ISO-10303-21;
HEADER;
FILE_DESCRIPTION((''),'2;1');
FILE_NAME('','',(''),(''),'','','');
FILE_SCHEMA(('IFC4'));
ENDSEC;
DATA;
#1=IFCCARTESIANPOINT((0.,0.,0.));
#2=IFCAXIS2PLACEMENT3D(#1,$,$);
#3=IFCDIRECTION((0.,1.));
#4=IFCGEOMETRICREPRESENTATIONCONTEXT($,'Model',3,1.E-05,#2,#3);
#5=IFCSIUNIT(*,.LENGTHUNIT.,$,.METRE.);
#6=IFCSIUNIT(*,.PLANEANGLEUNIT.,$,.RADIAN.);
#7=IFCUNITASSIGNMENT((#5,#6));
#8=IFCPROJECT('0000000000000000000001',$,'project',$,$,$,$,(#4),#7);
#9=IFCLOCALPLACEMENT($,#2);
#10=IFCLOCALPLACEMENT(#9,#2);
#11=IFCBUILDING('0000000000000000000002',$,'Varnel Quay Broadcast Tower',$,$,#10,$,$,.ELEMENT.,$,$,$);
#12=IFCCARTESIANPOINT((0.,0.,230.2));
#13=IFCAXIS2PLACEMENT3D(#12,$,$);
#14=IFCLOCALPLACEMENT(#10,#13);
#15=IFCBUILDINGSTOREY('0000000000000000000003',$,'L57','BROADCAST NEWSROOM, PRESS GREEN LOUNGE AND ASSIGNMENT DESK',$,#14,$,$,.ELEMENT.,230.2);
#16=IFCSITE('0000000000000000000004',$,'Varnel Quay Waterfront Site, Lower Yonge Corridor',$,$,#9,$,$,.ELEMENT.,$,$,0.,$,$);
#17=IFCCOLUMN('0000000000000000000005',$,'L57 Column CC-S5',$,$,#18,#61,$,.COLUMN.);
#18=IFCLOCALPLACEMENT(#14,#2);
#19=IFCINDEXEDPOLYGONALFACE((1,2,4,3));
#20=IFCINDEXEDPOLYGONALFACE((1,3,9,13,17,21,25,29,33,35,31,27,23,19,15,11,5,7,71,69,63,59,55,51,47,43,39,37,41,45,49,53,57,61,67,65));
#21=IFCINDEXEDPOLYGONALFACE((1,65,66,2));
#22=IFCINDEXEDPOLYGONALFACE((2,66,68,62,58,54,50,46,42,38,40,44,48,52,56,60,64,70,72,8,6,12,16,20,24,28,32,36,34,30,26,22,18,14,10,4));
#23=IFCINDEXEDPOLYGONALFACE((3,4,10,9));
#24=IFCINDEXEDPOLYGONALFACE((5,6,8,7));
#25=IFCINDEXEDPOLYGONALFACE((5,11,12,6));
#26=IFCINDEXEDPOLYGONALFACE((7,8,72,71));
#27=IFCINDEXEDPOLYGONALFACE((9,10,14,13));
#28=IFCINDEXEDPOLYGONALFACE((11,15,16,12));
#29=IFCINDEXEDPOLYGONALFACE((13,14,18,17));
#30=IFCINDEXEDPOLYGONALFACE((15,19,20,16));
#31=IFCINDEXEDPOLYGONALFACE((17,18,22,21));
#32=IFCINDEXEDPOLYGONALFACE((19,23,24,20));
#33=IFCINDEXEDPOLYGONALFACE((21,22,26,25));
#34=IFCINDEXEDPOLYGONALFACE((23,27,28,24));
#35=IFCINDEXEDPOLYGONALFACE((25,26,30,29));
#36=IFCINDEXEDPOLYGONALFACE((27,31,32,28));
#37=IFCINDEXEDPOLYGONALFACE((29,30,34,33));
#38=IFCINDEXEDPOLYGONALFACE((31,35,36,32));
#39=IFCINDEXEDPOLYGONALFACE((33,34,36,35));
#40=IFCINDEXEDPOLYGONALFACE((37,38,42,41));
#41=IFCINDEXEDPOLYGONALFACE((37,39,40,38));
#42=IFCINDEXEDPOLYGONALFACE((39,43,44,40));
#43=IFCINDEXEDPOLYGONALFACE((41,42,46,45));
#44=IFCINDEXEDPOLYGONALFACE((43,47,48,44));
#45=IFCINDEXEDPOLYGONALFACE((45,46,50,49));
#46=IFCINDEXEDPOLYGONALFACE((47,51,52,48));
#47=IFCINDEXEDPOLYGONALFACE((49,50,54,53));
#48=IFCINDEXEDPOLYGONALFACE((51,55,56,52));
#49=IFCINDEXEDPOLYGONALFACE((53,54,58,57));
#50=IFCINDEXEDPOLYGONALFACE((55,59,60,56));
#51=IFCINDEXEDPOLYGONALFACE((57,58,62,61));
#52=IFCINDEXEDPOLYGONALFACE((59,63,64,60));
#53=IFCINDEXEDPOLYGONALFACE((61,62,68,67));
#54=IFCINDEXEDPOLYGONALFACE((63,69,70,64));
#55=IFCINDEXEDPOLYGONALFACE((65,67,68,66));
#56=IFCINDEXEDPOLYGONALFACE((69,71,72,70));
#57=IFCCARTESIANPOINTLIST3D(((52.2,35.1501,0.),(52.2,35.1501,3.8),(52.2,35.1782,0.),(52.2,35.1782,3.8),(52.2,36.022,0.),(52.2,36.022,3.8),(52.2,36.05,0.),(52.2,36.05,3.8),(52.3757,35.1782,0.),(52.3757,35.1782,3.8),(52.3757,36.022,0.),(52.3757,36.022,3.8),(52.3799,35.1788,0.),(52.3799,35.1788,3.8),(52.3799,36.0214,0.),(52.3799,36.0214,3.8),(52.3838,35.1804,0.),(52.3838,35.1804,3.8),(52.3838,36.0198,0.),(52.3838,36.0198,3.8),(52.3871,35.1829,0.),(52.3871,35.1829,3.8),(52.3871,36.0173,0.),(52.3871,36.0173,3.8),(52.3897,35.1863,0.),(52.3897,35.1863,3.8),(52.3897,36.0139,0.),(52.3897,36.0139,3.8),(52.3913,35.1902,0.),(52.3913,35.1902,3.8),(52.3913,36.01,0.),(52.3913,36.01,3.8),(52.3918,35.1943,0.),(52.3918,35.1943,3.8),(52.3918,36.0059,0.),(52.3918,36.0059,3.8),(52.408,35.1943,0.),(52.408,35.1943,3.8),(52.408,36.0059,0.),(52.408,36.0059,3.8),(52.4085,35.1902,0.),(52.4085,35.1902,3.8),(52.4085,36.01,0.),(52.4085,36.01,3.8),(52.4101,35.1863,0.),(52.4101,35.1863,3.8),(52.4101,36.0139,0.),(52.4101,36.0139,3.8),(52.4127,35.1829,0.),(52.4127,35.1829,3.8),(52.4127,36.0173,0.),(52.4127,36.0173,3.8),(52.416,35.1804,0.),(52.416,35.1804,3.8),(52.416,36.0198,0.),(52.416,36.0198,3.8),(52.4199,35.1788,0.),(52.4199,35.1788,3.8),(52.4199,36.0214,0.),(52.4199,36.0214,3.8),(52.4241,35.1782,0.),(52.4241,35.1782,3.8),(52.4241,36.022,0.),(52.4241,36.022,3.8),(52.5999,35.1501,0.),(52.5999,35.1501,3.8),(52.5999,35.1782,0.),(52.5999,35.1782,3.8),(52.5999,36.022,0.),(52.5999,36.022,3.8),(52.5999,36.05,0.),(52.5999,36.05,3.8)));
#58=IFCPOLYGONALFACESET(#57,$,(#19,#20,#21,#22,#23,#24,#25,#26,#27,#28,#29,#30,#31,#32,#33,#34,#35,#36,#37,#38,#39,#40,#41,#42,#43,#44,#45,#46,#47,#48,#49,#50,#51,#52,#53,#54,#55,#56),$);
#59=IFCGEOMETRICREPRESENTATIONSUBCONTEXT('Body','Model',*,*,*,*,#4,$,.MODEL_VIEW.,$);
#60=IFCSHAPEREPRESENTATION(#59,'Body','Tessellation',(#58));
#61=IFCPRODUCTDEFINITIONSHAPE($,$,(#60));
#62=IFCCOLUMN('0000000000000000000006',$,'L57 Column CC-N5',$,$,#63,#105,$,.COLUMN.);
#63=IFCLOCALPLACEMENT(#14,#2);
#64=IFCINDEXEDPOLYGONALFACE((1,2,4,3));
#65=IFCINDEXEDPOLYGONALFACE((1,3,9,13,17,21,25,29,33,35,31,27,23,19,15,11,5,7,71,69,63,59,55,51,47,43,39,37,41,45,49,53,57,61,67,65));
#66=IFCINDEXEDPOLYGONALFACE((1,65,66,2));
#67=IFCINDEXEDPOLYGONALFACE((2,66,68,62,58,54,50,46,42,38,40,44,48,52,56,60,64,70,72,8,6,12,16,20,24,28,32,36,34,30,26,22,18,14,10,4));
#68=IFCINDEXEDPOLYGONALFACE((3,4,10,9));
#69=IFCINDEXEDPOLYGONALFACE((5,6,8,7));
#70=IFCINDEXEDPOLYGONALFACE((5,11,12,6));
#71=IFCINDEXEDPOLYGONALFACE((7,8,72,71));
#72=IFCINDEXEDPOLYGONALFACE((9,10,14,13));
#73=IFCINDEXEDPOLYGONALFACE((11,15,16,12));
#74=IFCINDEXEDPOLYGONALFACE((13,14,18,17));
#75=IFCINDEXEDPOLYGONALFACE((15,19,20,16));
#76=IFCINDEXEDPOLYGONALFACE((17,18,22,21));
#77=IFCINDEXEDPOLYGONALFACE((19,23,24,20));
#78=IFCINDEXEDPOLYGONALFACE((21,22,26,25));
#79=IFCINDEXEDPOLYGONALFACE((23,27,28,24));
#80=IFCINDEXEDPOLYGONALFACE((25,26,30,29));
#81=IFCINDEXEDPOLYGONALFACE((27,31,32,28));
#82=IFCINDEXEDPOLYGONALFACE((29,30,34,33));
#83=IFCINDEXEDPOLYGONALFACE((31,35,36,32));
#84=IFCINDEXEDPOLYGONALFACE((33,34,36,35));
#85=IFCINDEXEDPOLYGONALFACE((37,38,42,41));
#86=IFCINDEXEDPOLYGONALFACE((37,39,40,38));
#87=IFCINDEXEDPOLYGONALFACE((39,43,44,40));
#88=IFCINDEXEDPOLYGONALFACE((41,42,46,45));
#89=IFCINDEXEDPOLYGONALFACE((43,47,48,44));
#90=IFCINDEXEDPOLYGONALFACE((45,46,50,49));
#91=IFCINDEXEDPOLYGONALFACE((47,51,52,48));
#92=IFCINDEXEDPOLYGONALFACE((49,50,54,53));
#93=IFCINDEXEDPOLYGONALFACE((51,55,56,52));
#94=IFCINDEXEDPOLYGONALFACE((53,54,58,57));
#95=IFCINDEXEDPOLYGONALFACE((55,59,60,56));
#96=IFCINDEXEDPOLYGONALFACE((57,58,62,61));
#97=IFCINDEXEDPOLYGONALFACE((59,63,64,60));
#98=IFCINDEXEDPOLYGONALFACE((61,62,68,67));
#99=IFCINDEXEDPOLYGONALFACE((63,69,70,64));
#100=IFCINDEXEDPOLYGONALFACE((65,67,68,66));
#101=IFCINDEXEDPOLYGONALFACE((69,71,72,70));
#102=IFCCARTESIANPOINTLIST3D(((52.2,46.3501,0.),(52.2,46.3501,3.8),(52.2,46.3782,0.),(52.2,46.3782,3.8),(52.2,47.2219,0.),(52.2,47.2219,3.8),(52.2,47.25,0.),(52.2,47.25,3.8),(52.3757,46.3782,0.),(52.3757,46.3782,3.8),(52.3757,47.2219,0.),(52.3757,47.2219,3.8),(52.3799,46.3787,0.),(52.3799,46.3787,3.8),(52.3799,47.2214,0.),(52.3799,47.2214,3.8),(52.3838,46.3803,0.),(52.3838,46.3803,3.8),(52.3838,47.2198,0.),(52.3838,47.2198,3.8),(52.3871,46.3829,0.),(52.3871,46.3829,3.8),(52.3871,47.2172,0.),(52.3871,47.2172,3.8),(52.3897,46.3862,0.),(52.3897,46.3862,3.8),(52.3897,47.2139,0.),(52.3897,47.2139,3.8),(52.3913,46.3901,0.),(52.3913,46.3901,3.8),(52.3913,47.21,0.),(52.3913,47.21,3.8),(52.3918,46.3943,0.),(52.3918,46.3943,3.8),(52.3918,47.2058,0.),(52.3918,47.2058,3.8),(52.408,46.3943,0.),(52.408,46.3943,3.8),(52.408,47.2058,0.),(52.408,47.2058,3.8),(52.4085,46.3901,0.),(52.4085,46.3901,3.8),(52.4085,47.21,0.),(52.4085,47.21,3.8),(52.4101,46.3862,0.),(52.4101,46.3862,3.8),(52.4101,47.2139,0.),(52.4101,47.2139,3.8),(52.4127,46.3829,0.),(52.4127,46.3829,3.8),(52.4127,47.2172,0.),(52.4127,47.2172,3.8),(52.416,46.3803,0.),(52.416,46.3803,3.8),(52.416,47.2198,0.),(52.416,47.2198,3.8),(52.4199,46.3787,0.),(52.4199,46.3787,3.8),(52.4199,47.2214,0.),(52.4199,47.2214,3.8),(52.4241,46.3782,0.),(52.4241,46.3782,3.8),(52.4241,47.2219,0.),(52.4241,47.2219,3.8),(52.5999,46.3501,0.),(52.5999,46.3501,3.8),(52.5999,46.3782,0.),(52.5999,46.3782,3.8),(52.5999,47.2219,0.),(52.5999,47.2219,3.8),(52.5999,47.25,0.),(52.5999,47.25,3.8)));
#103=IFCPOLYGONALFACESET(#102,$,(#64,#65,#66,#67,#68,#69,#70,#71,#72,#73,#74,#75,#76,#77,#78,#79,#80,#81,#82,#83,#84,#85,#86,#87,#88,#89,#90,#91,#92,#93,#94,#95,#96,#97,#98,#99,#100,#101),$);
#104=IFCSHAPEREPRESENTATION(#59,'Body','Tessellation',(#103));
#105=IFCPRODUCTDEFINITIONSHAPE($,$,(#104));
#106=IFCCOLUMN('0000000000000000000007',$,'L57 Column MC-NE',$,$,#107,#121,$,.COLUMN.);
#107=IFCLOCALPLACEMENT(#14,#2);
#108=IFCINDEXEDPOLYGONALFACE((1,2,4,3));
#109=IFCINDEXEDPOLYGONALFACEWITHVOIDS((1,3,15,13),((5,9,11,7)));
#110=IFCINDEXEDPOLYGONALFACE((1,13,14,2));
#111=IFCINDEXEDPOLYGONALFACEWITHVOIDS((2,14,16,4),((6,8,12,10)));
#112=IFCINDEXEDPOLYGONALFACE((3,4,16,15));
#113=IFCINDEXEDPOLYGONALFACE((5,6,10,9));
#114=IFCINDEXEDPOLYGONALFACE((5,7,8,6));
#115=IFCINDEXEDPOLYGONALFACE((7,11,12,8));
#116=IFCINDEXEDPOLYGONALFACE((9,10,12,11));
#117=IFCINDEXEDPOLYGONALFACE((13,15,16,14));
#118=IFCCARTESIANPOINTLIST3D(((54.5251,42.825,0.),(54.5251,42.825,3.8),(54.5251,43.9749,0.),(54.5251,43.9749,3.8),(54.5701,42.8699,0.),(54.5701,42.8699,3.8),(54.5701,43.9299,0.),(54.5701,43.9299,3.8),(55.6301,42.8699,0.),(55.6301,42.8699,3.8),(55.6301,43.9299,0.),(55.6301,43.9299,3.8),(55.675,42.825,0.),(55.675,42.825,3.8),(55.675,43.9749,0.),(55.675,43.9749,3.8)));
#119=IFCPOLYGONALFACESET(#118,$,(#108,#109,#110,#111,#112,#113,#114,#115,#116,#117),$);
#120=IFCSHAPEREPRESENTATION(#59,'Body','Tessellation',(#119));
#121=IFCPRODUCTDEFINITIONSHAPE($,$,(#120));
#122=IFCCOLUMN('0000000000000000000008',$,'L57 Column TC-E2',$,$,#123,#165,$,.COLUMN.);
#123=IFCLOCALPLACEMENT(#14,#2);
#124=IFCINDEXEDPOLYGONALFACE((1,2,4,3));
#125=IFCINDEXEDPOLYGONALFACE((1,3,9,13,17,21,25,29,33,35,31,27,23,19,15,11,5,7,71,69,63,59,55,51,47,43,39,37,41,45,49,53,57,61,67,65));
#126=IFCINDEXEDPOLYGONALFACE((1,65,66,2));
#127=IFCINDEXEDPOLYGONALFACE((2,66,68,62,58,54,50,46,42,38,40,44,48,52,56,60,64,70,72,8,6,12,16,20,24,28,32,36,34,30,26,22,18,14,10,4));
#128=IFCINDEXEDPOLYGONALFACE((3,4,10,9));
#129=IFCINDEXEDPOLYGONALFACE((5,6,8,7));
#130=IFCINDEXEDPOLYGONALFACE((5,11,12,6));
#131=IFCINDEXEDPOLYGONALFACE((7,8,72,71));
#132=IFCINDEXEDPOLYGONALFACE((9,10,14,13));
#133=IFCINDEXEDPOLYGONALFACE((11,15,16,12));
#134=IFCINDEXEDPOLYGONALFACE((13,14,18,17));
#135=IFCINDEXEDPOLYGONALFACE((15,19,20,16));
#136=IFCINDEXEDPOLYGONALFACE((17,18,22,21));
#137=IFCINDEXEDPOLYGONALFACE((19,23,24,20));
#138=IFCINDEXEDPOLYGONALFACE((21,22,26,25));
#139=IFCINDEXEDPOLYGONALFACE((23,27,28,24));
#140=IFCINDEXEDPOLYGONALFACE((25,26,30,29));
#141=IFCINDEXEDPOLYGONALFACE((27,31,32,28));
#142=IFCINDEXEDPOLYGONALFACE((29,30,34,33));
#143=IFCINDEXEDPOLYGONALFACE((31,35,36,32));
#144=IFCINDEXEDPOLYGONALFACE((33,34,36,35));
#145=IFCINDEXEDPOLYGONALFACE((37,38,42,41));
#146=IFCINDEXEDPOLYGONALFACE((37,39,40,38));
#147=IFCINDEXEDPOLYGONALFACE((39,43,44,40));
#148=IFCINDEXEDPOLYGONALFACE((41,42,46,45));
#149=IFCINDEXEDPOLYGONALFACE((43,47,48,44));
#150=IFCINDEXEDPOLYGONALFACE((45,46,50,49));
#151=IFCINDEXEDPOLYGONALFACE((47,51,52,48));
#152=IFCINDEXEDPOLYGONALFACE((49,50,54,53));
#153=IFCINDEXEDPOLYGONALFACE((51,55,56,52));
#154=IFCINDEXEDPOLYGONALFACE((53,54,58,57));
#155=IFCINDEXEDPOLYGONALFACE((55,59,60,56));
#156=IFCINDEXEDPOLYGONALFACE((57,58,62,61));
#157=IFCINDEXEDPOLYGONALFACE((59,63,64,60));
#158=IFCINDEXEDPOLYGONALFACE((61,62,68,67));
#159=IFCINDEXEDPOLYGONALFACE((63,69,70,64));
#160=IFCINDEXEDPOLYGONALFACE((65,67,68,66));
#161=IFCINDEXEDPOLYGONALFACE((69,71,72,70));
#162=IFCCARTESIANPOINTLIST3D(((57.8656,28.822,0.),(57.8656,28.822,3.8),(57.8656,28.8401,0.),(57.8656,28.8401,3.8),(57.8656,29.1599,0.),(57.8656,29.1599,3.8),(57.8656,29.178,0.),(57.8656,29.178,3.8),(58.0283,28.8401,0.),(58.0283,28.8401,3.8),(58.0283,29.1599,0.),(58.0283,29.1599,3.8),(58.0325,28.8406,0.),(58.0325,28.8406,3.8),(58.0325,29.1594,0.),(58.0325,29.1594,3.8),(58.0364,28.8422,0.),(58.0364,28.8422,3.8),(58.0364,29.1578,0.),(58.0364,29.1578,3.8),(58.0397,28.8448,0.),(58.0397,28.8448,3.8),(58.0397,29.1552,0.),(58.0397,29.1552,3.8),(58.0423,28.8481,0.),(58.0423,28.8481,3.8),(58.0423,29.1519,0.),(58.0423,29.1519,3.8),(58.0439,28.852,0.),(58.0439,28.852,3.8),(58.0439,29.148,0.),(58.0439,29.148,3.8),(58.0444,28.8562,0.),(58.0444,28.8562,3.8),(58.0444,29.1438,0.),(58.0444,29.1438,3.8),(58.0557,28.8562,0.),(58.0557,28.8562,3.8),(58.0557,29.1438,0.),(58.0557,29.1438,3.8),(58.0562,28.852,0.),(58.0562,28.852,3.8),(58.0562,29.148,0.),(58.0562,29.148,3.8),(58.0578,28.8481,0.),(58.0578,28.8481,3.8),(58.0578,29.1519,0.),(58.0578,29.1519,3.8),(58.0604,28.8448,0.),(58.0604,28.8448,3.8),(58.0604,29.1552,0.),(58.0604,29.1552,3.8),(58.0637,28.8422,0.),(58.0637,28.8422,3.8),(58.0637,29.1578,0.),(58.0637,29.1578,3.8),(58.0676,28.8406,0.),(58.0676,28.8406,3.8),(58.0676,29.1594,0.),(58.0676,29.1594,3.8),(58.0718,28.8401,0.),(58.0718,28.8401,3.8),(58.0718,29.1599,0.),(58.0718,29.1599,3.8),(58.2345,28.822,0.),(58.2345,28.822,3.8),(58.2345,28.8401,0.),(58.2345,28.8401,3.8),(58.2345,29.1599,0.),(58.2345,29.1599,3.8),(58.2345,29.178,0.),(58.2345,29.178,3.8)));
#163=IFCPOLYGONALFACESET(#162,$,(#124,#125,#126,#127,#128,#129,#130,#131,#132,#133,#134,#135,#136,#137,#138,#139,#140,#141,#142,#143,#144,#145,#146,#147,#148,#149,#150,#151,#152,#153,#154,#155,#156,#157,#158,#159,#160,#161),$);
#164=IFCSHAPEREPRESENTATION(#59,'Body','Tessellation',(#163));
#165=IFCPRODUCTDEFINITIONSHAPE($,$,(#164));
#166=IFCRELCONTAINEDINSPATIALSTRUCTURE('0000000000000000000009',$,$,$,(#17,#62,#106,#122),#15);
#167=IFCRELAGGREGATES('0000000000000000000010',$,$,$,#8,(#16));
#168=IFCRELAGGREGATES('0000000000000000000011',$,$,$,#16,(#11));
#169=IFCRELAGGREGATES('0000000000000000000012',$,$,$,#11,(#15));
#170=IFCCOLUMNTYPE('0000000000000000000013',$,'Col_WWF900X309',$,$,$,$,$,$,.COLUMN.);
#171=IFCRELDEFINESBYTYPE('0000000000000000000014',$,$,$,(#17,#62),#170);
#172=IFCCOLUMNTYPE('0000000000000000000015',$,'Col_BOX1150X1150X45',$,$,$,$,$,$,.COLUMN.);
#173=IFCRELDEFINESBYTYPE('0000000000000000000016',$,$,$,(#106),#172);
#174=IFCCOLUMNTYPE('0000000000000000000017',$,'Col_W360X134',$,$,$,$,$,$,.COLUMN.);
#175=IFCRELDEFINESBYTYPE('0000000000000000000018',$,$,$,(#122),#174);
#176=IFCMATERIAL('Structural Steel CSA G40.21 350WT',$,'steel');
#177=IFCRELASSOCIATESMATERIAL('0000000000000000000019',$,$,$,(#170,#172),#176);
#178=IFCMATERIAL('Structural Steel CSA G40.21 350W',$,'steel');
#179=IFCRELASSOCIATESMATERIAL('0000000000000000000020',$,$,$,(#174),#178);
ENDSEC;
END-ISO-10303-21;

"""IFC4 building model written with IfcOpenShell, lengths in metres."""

from ifc_helpers import new_model, si_unit, direction, frame, origin, origin_2d, place, context, subcontext, project, spatial, hollow_rectangle, i_section, extrude, source, transform, mapped, material, material_profile, profile_set, type_object, type_shapes, element, save


model = new_model("IFC4")

# Units and contexts
model_context = context("Model", 3, precision=1e-05, world=origin(), true_north=direction((0.0, 1.0)))
body_context = subcontext(model_context, "Body", "Model", "MODEL_VIEW")
ifc_project = project(units=[si_unit("LENGTHUNIT", "METRE"), si_unit("PLANEANGLEUNIT", "RADIAN")], contexts=[model_context])

# Site, building, storey
site_placement = place(None, origin())
site = spatial("IfcSite", under=ifc_project, at=site_placement, Name="Varnel Quay Waterfront Site, Lower Yonge Corridor", CompositionType="ELEMENT", RefElevation=0.0)
building_placement = place(site_placement, origin())
building = spatial("IfcBuilding", under=site, at=building_placement, Name="Varnel Quay Broadcast Tower", CompositionType="ELEMENT")
storey_placement = place(building_placement, frame((0.0, 0.0, 230.2)))
storey = spatial("IfcBuildingStorey", under=building, at=storey_placement, Name="L57", Description="BROADCAST NEWSROOM, PRESS GREEN LOUNGE AND ASSIGNMENT DESK", CompositionType="ELEMENT", Elevation=230.2)

# Columns
ifc_material_1 = material(Name="Structural Steel CSA G40.21 350WT", Category="steel")
ifc_material_profile_1 = material_profile(ifc_material_1, i_section(OverallWidth=0.3999, OverallDepth=0.8999, WebThickness=0.0161, FlangeThickness=0.0281, FilletRadius=0.0161, at=origin_2d()), Name="WWF900X309")
ifc_profile_set_1 = profile_set([ifc_material_profile_1], Name="Structural Steel CSA G40.21 350WT")
column_type_1 = type_object("IfcColumnType", Name="Col_WWF900X309", PredefinedType="COLUMN", material=ifc_profile_set_1)
shared_shape_1 = source(origin(), body_context, "Body", "SweptSolid", [
    extrude(i_section(OverallWidth=0.3999, OverallDepth=0.8999, WebThickness=0.0161, FlangeThickness=0.0281, FilletRadius=0.0161, at=origin_2d()), origin(), (0.0, 0.0, 1.0), 3.8),
])
type_shapes(column_type_1, [shared_shape_1])
for number, where, z_axis, x_axis, name in (
    (1, (52.3999, 35.6001, 0.0), (0.0, 0.0, 1.0), (1.0, 0.0, 0.0), "L57 Column CC-S5"),
    (2, (52.3999, 46.8, 0.0), (0.0, 0.0, 1.0), (1.0, 0.0, 0.0), "L57 Column CC-N5"),
):
    element("IfcColumn", number, at=place(storey_placement, frame(where, z_axis=z_axis, x_axis=x_axis)), inside=storey, type_object=column_type_1, Name=name, PredefinedType="COLUMN", context=body_context, shape_type="MappedRepresentation", body=[
        mapped(shared_shape_1, transform((0.0, 0.0, 0.0), x_axis=(1.0, 0.0, 0.0), y_axis=(0.0, 1.0, 0.0), z_axis=(0.0, 0.0, 1.0), scale=1.0)),
    ])
ifc_material_profile_2 = material_profile(ifc_material_1, hollow_rectangle(XDim=1.1499, YDim=1.1499, WallThickness=0.0449, at=origin_2d()), Name="BOX1150X1150X45")
ifc_profile_set_2 = profile_set([ifc_material_profile_2], Name="Structural Steel CSA G40.21 350WT")
column_type_2 = type_object("IfcColumnType", Name="Col_BOX1150X1150X45", PredefinedType="COLUMN", material=ifc_profile_set_2)
shared_shape_2 = source(origin(), body_context, "Body", "SweptSolid", [
    extrude(hollow_rectangle(XDim=1.1499, YDim=1.1499, WallThickness=0.0449, at=origin_2d()), origin(), (0.0, 0.0, 1.0), 3.8),
])
type_shapes(column_type_2, [shared_shape_2])
column_placement = place(storey_placement, frame((55.1001, 43.3999, 0.0), z_axis=(0.0, 0.0, 1.0), x_axis=(1.0, 0.0, 0.0)))
element("IfcColumn", 3, at=column_placement, inside=storey, type_object=column_type_2, Name="L57 Column MC-NE", PredefinedType="COLUMN", context=body_context, shape_type="MappedRepresentation", body=[
    mapped(shared_shape_2, transform((0.0, 0.0, 0.0), x_axis=(1.0, 0.0, 0.0), y_axis=(0.0, 1.0, 0.0), z_axis=(0.0, 0.0, 1.0), scale=1.0)),
])
ifc_material_2 = material(Name="Structural Steel CSA G40.21 350W", Category="steel")
ifc_material_profile_3 = material_profile(ifc_material_2, i_section(OverallWidth=0.3689, OverallDepth=0.356, WebThickness=0.0112, FlangeThickness=0.0181, FilletRadius=0.0161, at=origin_2d()), Name="W360X134")
ifc_profile_set_3 = profile_set([ifc_material_profile_3], Name="Structural Steel CSA G40.21 350W")
column_type_3 = type_object("IfcColumnType", Name="Col_W360X134", PredefinedType="COLUMN", material=ifc_profile_set_3)
shared_shape_3 = source(origin(), body_context, "Body", "SweptSolid", [
    extrude(i_section(OverallWidth=0.3689, OverallDepth=0.356, WebThickness=0.0112, FlangeThickness=0.0181, FilletRadius=0.0161, at=origin_2d()), origin(), (0.0, 0.0, 1.0), 3.8),
])
type_shapes(column_type_3, [shared_shape_3])
for number, where, z_axis, x_axis, name in (
    (4, (58.05, 29.0, 0.0), (0.0, 0.0, 1.0), (1.0, 0.0, 0.0), "L57 Column TC-E2"),
):
    element("IfcColumn", number, at=place(storey_placement, frame(where, z_axis=z_axis, x_axis=x_axis)), inside=storey, type_object=column_type_3, Name=name, PredefinedType="COLUMN", context=body_context, shape_type="MappedRepresentation", body=[
        mapped(shared_shape_3, transform((0.0, 0.0, 0.0), x_axis=(1.0, 0.0, 0.0), y_axis=(0.0, 1.0, 0.0), z_axis=(0.0, 0.0, 1.0), scale=1.0)),
    ])

save(model, "model.ifc")
